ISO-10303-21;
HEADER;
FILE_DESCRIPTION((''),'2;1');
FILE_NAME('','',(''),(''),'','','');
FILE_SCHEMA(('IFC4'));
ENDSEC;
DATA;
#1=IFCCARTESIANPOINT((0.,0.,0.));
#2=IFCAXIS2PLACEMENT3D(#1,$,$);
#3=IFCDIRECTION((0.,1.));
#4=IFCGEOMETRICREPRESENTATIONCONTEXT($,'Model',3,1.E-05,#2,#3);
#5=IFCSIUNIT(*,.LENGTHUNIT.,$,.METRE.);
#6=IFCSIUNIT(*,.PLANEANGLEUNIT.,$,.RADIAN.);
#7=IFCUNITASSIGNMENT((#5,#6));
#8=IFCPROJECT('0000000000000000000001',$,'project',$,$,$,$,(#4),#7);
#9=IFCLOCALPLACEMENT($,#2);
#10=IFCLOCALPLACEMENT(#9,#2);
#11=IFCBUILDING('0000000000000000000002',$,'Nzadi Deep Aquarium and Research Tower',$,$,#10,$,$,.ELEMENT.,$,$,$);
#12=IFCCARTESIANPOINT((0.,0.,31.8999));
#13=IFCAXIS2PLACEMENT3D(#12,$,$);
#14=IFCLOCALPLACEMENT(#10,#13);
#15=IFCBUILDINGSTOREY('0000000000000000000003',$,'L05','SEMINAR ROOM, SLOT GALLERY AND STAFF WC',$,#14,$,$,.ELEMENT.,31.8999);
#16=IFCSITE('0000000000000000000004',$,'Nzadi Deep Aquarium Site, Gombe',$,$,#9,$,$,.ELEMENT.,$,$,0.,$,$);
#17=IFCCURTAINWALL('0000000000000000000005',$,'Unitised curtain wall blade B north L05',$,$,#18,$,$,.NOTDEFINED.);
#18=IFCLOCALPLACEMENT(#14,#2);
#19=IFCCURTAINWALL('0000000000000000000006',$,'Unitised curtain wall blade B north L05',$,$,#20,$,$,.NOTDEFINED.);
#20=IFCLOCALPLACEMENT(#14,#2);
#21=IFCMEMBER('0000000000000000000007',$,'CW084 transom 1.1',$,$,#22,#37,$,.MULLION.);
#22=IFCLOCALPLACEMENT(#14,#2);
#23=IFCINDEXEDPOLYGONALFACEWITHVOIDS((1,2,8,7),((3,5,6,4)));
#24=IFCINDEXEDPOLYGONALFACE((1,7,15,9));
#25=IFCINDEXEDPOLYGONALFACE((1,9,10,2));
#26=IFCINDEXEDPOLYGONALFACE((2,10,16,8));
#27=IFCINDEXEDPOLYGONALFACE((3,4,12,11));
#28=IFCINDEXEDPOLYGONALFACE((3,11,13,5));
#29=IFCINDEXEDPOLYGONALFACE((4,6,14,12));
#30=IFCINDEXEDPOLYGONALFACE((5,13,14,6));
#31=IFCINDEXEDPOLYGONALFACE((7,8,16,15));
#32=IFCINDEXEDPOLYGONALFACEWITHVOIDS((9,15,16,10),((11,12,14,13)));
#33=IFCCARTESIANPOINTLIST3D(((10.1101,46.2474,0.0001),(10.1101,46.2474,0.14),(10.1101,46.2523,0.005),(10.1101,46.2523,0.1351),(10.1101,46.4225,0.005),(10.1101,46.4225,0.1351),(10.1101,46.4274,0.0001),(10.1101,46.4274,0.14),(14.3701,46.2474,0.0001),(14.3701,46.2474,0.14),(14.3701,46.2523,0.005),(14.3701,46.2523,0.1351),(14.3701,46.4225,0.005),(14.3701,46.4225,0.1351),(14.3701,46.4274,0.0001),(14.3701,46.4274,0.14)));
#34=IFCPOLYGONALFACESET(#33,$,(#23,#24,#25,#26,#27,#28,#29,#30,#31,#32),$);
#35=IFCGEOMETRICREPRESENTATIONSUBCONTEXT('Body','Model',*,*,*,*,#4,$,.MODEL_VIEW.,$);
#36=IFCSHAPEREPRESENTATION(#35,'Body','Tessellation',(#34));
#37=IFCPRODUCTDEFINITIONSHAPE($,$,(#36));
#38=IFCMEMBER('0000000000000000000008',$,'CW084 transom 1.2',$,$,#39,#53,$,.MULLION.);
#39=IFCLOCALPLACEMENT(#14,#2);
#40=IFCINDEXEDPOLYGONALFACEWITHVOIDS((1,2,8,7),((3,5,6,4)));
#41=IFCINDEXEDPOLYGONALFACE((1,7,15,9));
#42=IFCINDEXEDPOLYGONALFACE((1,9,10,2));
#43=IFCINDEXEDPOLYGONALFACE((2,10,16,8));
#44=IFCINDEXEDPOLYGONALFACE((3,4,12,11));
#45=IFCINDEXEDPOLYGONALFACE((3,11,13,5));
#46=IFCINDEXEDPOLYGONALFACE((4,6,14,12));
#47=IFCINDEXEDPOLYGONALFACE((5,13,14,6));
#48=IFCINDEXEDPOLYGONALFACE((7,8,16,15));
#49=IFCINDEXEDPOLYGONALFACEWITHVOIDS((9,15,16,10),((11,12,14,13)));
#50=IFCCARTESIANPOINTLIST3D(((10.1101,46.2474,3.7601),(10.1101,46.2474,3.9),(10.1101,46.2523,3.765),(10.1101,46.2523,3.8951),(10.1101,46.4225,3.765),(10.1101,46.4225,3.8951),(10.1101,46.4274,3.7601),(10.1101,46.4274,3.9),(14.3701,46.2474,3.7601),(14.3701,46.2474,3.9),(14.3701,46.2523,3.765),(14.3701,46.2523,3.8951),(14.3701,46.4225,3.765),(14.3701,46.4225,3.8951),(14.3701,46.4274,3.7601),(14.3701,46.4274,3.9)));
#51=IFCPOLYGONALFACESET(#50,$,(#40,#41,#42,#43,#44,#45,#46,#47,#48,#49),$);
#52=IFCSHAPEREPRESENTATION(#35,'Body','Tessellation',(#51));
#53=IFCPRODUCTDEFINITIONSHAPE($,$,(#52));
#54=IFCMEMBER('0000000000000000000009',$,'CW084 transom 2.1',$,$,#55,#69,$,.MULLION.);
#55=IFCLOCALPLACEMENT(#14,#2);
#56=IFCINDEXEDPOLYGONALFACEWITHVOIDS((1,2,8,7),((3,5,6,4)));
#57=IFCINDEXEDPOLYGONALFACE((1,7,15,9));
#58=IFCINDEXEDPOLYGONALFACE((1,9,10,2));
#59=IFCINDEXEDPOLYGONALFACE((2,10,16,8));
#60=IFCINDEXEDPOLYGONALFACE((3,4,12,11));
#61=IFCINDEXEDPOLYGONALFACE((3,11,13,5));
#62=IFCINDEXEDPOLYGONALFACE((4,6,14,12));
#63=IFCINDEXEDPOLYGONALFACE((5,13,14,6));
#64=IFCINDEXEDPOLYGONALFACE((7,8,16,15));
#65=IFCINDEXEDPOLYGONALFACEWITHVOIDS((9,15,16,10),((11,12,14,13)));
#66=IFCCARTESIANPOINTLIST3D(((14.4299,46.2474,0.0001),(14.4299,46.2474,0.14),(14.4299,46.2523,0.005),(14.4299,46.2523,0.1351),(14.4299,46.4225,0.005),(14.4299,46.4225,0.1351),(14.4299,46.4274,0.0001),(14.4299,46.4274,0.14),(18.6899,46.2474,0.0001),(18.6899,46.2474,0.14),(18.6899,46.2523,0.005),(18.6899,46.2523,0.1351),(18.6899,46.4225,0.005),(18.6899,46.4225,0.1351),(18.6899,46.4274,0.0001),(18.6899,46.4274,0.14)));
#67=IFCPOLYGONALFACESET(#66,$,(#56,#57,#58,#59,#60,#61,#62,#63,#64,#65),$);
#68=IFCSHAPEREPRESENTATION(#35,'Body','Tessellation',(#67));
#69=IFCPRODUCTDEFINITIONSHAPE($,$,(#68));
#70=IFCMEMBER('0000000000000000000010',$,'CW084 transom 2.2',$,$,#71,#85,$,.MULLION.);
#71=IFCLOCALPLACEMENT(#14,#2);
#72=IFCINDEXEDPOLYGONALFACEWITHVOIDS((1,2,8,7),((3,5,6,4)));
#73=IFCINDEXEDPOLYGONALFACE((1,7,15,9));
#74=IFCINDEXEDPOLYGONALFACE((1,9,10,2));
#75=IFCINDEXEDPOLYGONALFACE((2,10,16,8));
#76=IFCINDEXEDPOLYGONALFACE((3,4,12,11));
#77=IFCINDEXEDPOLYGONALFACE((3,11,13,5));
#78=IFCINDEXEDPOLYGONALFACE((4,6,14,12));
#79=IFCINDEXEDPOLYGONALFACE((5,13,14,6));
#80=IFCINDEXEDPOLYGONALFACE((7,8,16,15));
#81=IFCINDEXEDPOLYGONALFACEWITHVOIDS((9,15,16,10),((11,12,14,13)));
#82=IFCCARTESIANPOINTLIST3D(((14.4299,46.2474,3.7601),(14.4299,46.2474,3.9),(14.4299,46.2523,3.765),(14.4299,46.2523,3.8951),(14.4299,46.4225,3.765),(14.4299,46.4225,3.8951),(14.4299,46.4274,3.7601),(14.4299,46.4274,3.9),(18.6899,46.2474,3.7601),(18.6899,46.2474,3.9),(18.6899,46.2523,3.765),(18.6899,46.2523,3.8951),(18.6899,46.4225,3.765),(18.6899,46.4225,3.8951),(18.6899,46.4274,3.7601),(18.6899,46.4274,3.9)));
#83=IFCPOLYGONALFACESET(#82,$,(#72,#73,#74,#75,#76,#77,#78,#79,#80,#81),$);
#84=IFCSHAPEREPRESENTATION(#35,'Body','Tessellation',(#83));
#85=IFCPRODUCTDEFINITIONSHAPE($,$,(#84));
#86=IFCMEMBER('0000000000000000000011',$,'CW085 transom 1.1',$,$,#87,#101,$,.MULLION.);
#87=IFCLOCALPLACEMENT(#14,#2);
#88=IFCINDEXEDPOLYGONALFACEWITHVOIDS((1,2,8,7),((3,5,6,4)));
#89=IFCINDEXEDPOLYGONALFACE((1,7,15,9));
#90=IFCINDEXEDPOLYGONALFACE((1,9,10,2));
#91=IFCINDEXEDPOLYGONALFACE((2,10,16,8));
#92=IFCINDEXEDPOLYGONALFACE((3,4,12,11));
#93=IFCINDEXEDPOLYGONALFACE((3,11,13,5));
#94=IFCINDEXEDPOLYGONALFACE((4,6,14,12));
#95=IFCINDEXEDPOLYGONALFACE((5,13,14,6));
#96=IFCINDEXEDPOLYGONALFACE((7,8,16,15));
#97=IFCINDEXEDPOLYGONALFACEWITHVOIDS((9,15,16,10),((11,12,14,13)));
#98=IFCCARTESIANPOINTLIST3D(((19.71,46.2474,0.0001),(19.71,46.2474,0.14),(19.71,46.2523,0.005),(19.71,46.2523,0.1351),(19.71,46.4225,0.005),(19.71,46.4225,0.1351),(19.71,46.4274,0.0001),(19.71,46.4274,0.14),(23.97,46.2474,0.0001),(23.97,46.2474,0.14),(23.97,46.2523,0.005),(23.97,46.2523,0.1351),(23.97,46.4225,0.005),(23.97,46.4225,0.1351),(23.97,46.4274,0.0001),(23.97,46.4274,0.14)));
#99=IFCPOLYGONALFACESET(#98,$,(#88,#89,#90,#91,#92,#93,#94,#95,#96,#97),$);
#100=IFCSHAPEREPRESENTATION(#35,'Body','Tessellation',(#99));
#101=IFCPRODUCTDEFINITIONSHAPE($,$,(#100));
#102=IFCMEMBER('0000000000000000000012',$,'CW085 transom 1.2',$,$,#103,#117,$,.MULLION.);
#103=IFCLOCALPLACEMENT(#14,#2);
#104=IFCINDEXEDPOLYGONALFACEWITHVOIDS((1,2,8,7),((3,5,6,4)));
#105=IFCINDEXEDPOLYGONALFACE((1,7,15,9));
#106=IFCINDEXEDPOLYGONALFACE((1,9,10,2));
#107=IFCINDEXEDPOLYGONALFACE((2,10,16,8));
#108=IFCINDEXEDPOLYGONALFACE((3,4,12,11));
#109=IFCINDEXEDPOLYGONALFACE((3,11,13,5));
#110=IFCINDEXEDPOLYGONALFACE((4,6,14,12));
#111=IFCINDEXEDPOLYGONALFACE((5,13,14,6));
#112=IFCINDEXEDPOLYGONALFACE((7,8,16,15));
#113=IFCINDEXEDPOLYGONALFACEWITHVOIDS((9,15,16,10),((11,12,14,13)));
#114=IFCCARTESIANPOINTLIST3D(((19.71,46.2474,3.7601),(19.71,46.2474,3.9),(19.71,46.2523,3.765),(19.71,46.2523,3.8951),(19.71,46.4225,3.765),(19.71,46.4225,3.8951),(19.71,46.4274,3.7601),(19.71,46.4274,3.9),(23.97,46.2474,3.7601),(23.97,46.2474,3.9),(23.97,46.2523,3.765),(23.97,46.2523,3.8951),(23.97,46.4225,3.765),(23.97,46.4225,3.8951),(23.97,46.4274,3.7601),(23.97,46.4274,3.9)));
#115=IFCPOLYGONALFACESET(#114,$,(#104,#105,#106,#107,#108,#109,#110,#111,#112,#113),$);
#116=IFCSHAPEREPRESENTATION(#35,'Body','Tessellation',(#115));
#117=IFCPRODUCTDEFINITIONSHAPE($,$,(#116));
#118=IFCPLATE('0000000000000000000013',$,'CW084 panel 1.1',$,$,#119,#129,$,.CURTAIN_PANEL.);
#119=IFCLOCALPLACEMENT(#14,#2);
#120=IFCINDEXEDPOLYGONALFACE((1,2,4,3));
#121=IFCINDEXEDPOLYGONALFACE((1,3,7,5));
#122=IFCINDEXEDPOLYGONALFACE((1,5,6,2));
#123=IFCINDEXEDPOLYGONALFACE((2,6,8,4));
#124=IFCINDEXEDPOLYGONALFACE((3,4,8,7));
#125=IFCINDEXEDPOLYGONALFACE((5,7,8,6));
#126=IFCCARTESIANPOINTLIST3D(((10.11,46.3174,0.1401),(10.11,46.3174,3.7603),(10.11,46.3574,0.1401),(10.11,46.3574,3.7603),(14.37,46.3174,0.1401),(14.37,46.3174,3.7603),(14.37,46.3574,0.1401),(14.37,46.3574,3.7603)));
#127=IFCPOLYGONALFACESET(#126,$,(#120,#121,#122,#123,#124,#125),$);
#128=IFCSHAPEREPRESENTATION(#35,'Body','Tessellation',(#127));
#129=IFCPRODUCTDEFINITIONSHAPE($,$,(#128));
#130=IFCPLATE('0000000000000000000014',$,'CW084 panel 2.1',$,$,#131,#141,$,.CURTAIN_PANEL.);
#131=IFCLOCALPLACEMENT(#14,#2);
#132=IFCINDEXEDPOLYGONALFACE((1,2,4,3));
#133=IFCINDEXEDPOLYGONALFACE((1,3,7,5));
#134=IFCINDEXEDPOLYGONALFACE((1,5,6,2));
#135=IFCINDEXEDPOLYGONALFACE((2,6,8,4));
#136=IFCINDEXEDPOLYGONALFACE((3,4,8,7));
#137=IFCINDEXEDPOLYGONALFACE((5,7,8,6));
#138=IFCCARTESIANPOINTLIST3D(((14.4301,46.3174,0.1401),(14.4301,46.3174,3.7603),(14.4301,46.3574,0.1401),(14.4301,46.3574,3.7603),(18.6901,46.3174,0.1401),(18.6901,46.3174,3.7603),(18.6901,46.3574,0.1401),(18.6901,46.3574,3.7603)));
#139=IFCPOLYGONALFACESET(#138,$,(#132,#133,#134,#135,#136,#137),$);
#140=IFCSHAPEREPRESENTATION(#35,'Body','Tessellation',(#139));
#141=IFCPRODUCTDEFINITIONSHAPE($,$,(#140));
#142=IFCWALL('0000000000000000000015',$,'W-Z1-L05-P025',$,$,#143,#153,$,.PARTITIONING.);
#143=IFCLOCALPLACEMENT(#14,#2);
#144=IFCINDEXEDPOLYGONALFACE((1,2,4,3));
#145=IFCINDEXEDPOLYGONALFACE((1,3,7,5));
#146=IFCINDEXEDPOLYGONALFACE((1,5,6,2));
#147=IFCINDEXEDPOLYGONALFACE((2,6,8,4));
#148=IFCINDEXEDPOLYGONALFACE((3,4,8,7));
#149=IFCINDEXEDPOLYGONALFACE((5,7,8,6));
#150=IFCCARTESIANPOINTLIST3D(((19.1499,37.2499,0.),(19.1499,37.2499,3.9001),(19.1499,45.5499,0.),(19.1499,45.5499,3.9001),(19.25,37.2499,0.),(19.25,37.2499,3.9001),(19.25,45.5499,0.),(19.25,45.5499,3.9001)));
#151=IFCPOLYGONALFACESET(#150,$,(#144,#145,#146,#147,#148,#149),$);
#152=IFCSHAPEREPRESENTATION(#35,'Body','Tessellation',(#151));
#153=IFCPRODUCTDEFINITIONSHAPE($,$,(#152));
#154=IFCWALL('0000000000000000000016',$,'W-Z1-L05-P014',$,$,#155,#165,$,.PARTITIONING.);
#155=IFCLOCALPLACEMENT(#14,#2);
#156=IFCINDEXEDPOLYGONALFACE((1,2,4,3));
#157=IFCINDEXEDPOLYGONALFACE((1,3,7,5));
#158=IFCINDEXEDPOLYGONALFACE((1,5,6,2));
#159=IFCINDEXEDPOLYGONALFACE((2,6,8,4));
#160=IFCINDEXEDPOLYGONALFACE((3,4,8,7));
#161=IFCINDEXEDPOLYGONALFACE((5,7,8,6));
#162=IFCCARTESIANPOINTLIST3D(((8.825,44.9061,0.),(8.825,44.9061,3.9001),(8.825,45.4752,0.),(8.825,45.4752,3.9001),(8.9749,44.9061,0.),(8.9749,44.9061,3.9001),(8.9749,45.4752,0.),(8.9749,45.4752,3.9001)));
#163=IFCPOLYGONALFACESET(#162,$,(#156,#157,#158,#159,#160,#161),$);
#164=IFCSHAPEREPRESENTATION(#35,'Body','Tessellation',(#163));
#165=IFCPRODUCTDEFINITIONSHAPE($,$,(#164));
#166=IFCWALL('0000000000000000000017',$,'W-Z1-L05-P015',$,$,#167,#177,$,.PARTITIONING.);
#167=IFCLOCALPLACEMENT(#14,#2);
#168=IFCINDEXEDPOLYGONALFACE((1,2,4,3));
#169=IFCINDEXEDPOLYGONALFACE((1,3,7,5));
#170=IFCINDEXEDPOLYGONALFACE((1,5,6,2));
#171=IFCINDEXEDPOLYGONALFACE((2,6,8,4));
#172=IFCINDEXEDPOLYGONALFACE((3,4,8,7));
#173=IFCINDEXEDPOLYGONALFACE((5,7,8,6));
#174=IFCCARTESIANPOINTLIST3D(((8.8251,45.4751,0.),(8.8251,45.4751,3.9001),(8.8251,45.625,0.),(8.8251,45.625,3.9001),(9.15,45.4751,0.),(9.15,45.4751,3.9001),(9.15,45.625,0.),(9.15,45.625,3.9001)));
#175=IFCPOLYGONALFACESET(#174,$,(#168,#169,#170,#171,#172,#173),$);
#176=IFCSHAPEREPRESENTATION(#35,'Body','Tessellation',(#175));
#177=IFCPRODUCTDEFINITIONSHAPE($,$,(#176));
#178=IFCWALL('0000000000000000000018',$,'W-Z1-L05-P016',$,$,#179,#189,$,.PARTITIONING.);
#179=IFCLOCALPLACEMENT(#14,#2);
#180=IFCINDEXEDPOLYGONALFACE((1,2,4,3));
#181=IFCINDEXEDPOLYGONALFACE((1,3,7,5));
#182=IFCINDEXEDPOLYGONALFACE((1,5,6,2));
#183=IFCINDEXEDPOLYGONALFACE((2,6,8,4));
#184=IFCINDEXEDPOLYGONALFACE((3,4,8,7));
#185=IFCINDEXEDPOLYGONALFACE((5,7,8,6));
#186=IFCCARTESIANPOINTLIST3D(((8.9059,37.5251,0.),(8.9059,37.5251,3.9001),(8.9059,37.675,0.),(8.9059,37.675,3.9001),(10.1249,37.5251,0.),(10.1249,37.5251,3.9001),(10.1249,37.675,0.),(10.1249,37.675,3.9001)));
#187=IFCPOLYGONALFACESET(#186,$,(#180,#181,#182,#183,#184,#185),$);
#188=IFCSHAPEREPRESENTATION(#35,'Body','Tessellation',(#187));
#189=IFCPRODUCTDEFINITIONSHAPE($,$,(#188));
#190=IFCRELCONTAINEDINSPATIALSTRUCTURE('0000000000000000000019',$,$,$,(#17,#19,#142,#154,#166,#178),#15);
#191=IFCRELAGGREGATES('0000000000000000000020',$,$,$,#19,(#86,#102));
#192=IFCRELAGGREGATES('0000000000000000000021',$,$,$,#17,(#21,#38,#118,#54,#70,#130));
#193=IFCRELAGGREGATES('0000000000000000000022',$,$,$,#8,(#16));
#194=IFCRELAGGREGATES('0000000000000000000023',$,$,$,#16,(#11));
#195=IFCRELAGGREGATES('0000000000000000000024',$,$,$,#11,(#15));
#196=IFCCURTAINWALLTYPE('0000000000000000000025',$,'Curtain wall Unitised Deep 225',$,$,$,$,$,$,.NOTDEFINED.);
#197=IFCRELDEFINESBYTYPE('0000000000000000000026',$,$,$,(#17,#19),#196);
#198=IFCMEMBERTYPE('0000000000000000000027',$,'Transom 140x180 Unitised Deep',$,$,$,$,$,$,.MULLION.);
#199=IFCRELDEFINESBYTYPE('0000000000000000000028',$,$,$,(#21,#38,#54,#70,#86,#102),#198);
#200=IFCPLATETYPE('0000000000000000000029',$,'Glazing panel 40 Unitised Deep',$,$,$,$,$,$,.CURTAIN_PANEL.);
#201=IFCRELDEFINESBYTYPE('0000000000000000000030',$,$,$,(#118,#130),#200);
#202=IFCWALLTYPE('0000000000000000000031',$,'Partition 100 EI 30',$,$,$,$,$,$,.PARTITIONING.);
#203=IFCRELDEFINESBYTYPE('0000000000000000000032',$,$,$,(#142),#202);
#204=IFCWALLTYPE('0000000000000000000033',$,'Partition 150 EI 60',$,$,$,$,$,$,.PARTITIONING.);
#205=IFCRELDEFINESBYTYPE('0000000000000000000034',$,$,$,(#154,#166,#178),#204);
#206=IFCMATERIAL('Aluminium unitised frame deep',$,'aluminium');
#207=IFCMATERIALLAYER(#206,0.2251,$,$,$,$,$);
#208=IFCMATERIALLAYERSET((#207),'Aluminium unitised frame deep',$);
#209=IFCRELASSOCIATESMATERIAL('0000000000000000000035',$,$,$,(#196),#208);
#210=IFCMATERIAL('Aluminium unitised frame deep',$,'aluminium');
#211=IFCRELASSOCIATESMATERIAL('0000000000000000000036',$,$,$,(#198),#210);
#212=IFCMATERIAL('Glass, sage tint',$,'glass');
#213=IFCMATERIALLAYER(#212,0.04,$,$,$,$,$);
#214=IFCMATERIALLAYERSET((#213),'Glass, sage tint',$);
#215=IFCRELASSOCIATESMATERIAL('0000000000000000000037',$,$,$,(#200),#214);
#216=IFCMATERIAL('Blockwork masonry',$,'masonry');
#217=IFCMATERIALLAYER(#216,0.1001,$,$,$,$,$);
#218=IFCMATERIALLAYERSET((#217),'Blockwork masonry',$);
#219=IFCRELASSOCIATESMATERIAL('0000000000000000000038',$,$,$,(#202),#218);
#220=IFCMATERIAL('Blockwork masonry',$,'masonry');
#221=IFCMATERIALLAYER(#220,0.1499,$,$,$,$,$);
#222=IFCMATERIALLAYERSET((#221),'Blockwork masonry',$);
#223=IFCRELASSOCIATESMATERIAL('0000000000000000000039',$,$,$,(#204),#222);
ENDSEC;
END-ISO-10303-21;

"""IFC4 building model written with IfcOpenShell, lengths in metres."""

from ifc_helpers import new_model, si_unit, direction, frame, frame_2d, origin, origin_2d, place, context, subcontext, project, spatial, rectangle, hollow_rectangle, extrude, material, layer, layer_set, material_profile, profile_set, type_object, element, aggregate, save


model = new_model("IFC4")

# Units and contexts
model_context = context("Model", 3, precision=1e-05, world=origin(), true_north=direction((0.0, 1.0)))
body_context = subcontext(model_context, "Body", "Model", "MODEL_VIEW")
ifc_project = project(units=[si_unit("LENGTHUNIT", "METRE"), si_unit("PLANEANGLEUNIT", "RADIAN")], contexts=[model_context])

# Site, building, storey
site_placement = place(None, origin())
site = spatial("IfcSite", under=ifc_project, at=site_placement, Name="Nzadi Deep Aquarium Site, Gombe", CompositionType="ELEMENT", RefElevation=0.0)
building_placement = place(site_placement, origin())
building = spatial("IfcBuilding", under=site, at=building_placement, Name="Nzadi Deep Aquarium and Research Tower", CompositionType="ELEMENT")
storey_placement = place(building_placement, frame((0.0, 0.0, 31.8999)))
storey = spatial("IfcBuildingStorey", under=building, at=storey_placement, Name="L05", Description="SEMINAR ROOM, SLOT GALLERY AND STAFF WC", CompositionType="ELEMENT", Elevation=31.8999)

# Shared definitions
ifc_material_1 = material(Name="Aluminium unitised frame deep", Category="aluminium")
ifc_layer_1 = layer(ifc_material_1, 0.2251)
ifc_layer_set_1 = layer_set([ifc_layer_1], Name="Aluminium unitised frame deep")
curtain_wall_type = type_object("IfcCurtainWallType", Name="Curtain wall Unitised Deep 225", PredefinedType="NOTDEFINED", material=ifc_layer_set_1)

# Curtain wall
curtain_wall_1_placement = place(storey_placement, origin())
curtain_wall_1 = element("IfcCurtainWall", 1, at=curtain_wall_1_placement, inside=storey, type_object=curtain_wall_type, Name="Unitised curtain wall blade B north L05", PredefinedType="NOTDEFINED")

# Curtain wall
curtain_wall_2_placement = place(storey_placement, origin())
curtain_wall_2 = element("IfcCurtainWall", 2, at=curtain_wall_2_placement, inside=storey, type_object=curtain_wall_type, Name="Unitised curtain wall blade B north L05", PredefinedType="NOTDEFINED")

# Members
ifc_material_2 = material(Name="Aluminium unitised frame deep", Category="aluminium")
ifc_material_profile_1 = material_profile(ifc_material_2, hollow_rectangle(XDim=0.1799, YDim=0.1399, WallThickness=0.0049, at=origin_2d()))
ifc_profile_set_1 = profile_set([ifc_material_profile_1], Name="Aluminium unitised frame deep")
member_type_1 = type_object("IfcMemberType", Name="Transom 140x180 Unitised Deep", PredefinedType="MULLION", material=ifc_profile_set_1)
member_1_placement = place(storey_placement, frame((10.1101, 46.3374, 0.0701), z_axis=(1.0, 0.0, 0.0), x_axis=(0.0, 1.0, 0.0)))
member_1 = element("IfcMember", 3, at=member_1_placement, type_object=member_type_1, Name="CW084 transom 1.1", PredefinedType="MULLION", context=body_context, shape_type="SweptSolid", body=[
    extrude(hollow_rectangle(XDim=0.1799, YDim=0.1399, WallThickness=0.0049, at=origin_2d()), origin(), (0.0, 0.0, 1.0), 4.26),
])
member_2_placement = place(storey_placement, frame((10.1101, 46.3374, 3.8301), z_axis=(1.0, 0.0, 0.0), x_axis=(0.0, 1.0, 0.0)))
member_2 = element("IfcMember", 4, at=member_2_placement, type_object=member_type_1, Name="CW084 transom 1.2", PredefinedType="MULLION", context=body_context, shape_type="SweptSolid", body=[
    extrude(hollow_rectangle(XDim=0.1799, YDim=0.1399, WallThickness=0.0049, at=origin_2d()), origin(), (0.0, 0.0, 1.0), 4.26),
])
member_3_placement = place(storey_placement, frame((14.4299, 46.3374, 0.0701), z_axis=(1.0, 0.0, 0.0), x_axis=(0.0, 1.0, 0.0)))
member_3 = element("IfcMember", 5, at=member_3_placement, type_object=member_type_1, Name="CW084 transom 2.1", PredefinedType="MULLION", context=body_context, shape_type="SweptSolid", body=[
    extrude(hollow_rectangle(XDim=0.1799, YDim=0.1399, WallThickness=0.0049, at=origin_2d()), origin(), (0.0, 0.0, 1.0), 4.26),
])
member_4_placement = place(storey_placement, frame((14.4299, 46.3374, 3.8301), z_axis=(1.0, 0.0, 0.0), x_axis=(0.0, 1.0, 0.0)))
member_4 = element("IfcMember", 6, at=member_4_placement, type_object=member_type_1, Name="CW084 transom 2.2", PredefinedType="MULLION", context=body_context, shape_type="SweptSolid", body=[
    extrude(hollow_rectangle(XDim=0.1799, YDim=0.1399, WallThickness=0.0049, at=origin_2d()), origin(), (0.0, 0.0, 1.0), 4.26),
])
member_5_placement = place(storey_placement, frame((19.71, 46.3374, 0.0701), z_axis=(1.0, 0.0, 0.0), x_axis=(0.0, 1.0, 0.0)))
member_5 = element("IfcMember", 7, at=member_5_placement, type_object=member_type_1, Name="CW085 transom 1.1", PredefinedType="MULLION", context=body_context, shape_type="SweptSolid", body=[
    extrude(hollow_rectangle(XDim=0.1799, YDim=0.1399, WallThickness=0.0049, at=origin_2d()), origin(), (0.0, 0.0, 1.0), 4.26),
])
member_6_placement = place(storey_placement, frame((19.71, 46.3374, 3.8301), z_axis=(1.0, 0.0, 0.0), x_axis=(0.0, 1.0, 0.0)))
member_6 = element("IfcMember", 8, at=member_6_placement, type_object=member_type_1, Name="CW085 transom 1.2", PredefinedType="MULLION", context=body_context, shape_type="SweptSolid", body=[
    extrude(hollow_rectangle(XDim=0.1799, YDim=0.1399, WallThickness=0.0049, at=origin_2d()), origin(), (0.0, 0.0, 1.0), 4.26),
])
aggregate(curtain_wall_2, [member_5, member_6])

# Plates
ifc_material_3 = material(Name="Glass, sage tint", Category="glass")
ifc_layer_2 = layer(ifc_material_3, 0.04)
ifc_layer_set_2 = layer_set([ifc_layer_2], Name="Glass, sage tint")
plate_type = type_object("IfcPlateType", Name="Glazing panel 40 Unitised Deep", PredefinedType="CURTAIN_PANEL", material=ifc_layer_set_2)
plate_1_placement = place(storey_placement, frame((12.24, 46.3374, 0.1401), z_axis=(0.0, 0.0, 1.0), x_axis=(1.0, 0.0, 0.0)))
plate_1 = element("IfcPlate", 9, at=plate_1_placement, type_object=plate_type, Name="CW084 panel 1.1", PredefinedType="CURTAIN_PANEL", context=body_context, shape_type="SweptSolid", body=[
    extrude(rectangle(XDim=4.26, YDim=0.04, at=origin_2d()), origin(), (0.0, 0.0, 1.0), 3.6201),
])
plate_2_placement = place(storey_placement, frame((16.5601, 46.3374, 0.1401), z_axis=(0.0, 0.0, 1.0), x_axis=(1.0, 0.0, 0.0)))
plate_2 = element("IfcPlate", 10, at=plate_2_placement, type_object=plate_type, Name="CW084 panel 2.1", PredefinedType="CURTAIN_PANEL", context=body_context, shape_type="SweptSolid", body=[
    extrude(rectangle(XDim=4.26, YDim=0.04, at=origin_2d()), origin(), (0.0, 0.0, 1.0), 3.6201),
])
aggregate(curtain_wall_1, [member_1, member_2, plate_1, member_3, member_4, plate_2])

# Walls
ifc_material_4 = material(Name="Blockwork masonry", Category="masonry")
ifc_layer_3 = layer(ifc_material_4, 0.1001)
ifc_layer_set_3 = layer_set([ifc_layer_3], Name="Blockwork masonry")
wall_type_1 = type_object("IfcWallType", Name="Partition 100 EI 30", PredefinedType="PARTITIONING", material=ifc_layer_set_3)
wall_1_placement = place(storey_placement, frame((19.2, 37.25, 0.0), z_axis=(0.0, 0.0, 1.0), x_axis=(0.0, 1.0, 0.0)))
element("IfcWall", 11, at=wall_1_placement, inside=storey, type_object=wall_type_1, Name="W-Z1-L05-P025", PredefinedType="PARTITIONING", context=body_context, shape_type="SweptSolid", body=[
    extrude(rectangle(XDim=8.3, YDim=0.1001, at=frame_2d((4.1499, 0.0))), origin(), (0.0, 0.0, 1.0), 3.9001),
])
ifc_material_5 = material(Name="Blockwork masonry", Category="masonry")
ifc_layer_4 = layer(ifc_material_5, 0.1499)
ifc_layer_set_4 = layer_set([ifc_layer_4], Name="Blockwork masonry")
wall_type_2 = type_object("IfcWallType", Name="Partition 150 EI 60", PredefinedType="PARTITIONING", material=ifc_layer_set_4)
wall_2_placement = place(storey_placement, frame((8.8999, 44.906, 0.0), z_axis=(0.0, 0.0, 1.0), x_axis=(0.0, 1.0, 0.0)))
element("IfcWall", 12, at=wall_2_placement, inside=storey, type_object=wall_type_2, Name="W-Z1-L05-P014", PredefinedType="PARTITIONING", context=body_context, shape_type="SweptSolid", body=[
    extrude(rectangle(XDim=0.5691, YDim=0.1499, at=frame_2d((0.2847, 0.0))), origin(), (0.0, 0.0, 1.0), 3.9001),
])
wall_3_placement = place(storey_placement, frame((8.825, 45.55, 0.0), z_axis=(0.0, 0.0, 1.0), x_axis=(1.0, 0.0, 0.0)))
element("IfcWall", 13, at=wall_3_placement, inside=storey, type_object=wall_type_2, Name="W-Z1-L05-P015", PredefinedType="PARTITIONING", context=body_context, shape_type="SweptSolid", body=[
    extrude(rectangle(XDim=0.325, YDim=0.1499, at=frame_2d((0.1626, 0.0))), origin(), (0.0, 0.0, 1.0), 3.9001),
])
wall_4_placement = place(storey_placement, frame((8.906, 37.6001, 0.0), z_axis=(0.0, 0.0, 1.0), x_axis=(1.0, 0.0, 0.0)))
element("IfcWall", 14, at=wall_4_placement, inside=storey, type_object=wall_type_2, Name="W-Z1-L05-P016", PredefinedType="PARTITIONING", context=body_context, shape_type="SweptSolid", body=[
    extrude(rectangle(XDim=1.219, YDim=0.1499, at=frame_2d((0.6094, 0.0))), origin(), (0.0, 0.0, 1.0), 3.9001),
])

save(model, "model.ifc")
